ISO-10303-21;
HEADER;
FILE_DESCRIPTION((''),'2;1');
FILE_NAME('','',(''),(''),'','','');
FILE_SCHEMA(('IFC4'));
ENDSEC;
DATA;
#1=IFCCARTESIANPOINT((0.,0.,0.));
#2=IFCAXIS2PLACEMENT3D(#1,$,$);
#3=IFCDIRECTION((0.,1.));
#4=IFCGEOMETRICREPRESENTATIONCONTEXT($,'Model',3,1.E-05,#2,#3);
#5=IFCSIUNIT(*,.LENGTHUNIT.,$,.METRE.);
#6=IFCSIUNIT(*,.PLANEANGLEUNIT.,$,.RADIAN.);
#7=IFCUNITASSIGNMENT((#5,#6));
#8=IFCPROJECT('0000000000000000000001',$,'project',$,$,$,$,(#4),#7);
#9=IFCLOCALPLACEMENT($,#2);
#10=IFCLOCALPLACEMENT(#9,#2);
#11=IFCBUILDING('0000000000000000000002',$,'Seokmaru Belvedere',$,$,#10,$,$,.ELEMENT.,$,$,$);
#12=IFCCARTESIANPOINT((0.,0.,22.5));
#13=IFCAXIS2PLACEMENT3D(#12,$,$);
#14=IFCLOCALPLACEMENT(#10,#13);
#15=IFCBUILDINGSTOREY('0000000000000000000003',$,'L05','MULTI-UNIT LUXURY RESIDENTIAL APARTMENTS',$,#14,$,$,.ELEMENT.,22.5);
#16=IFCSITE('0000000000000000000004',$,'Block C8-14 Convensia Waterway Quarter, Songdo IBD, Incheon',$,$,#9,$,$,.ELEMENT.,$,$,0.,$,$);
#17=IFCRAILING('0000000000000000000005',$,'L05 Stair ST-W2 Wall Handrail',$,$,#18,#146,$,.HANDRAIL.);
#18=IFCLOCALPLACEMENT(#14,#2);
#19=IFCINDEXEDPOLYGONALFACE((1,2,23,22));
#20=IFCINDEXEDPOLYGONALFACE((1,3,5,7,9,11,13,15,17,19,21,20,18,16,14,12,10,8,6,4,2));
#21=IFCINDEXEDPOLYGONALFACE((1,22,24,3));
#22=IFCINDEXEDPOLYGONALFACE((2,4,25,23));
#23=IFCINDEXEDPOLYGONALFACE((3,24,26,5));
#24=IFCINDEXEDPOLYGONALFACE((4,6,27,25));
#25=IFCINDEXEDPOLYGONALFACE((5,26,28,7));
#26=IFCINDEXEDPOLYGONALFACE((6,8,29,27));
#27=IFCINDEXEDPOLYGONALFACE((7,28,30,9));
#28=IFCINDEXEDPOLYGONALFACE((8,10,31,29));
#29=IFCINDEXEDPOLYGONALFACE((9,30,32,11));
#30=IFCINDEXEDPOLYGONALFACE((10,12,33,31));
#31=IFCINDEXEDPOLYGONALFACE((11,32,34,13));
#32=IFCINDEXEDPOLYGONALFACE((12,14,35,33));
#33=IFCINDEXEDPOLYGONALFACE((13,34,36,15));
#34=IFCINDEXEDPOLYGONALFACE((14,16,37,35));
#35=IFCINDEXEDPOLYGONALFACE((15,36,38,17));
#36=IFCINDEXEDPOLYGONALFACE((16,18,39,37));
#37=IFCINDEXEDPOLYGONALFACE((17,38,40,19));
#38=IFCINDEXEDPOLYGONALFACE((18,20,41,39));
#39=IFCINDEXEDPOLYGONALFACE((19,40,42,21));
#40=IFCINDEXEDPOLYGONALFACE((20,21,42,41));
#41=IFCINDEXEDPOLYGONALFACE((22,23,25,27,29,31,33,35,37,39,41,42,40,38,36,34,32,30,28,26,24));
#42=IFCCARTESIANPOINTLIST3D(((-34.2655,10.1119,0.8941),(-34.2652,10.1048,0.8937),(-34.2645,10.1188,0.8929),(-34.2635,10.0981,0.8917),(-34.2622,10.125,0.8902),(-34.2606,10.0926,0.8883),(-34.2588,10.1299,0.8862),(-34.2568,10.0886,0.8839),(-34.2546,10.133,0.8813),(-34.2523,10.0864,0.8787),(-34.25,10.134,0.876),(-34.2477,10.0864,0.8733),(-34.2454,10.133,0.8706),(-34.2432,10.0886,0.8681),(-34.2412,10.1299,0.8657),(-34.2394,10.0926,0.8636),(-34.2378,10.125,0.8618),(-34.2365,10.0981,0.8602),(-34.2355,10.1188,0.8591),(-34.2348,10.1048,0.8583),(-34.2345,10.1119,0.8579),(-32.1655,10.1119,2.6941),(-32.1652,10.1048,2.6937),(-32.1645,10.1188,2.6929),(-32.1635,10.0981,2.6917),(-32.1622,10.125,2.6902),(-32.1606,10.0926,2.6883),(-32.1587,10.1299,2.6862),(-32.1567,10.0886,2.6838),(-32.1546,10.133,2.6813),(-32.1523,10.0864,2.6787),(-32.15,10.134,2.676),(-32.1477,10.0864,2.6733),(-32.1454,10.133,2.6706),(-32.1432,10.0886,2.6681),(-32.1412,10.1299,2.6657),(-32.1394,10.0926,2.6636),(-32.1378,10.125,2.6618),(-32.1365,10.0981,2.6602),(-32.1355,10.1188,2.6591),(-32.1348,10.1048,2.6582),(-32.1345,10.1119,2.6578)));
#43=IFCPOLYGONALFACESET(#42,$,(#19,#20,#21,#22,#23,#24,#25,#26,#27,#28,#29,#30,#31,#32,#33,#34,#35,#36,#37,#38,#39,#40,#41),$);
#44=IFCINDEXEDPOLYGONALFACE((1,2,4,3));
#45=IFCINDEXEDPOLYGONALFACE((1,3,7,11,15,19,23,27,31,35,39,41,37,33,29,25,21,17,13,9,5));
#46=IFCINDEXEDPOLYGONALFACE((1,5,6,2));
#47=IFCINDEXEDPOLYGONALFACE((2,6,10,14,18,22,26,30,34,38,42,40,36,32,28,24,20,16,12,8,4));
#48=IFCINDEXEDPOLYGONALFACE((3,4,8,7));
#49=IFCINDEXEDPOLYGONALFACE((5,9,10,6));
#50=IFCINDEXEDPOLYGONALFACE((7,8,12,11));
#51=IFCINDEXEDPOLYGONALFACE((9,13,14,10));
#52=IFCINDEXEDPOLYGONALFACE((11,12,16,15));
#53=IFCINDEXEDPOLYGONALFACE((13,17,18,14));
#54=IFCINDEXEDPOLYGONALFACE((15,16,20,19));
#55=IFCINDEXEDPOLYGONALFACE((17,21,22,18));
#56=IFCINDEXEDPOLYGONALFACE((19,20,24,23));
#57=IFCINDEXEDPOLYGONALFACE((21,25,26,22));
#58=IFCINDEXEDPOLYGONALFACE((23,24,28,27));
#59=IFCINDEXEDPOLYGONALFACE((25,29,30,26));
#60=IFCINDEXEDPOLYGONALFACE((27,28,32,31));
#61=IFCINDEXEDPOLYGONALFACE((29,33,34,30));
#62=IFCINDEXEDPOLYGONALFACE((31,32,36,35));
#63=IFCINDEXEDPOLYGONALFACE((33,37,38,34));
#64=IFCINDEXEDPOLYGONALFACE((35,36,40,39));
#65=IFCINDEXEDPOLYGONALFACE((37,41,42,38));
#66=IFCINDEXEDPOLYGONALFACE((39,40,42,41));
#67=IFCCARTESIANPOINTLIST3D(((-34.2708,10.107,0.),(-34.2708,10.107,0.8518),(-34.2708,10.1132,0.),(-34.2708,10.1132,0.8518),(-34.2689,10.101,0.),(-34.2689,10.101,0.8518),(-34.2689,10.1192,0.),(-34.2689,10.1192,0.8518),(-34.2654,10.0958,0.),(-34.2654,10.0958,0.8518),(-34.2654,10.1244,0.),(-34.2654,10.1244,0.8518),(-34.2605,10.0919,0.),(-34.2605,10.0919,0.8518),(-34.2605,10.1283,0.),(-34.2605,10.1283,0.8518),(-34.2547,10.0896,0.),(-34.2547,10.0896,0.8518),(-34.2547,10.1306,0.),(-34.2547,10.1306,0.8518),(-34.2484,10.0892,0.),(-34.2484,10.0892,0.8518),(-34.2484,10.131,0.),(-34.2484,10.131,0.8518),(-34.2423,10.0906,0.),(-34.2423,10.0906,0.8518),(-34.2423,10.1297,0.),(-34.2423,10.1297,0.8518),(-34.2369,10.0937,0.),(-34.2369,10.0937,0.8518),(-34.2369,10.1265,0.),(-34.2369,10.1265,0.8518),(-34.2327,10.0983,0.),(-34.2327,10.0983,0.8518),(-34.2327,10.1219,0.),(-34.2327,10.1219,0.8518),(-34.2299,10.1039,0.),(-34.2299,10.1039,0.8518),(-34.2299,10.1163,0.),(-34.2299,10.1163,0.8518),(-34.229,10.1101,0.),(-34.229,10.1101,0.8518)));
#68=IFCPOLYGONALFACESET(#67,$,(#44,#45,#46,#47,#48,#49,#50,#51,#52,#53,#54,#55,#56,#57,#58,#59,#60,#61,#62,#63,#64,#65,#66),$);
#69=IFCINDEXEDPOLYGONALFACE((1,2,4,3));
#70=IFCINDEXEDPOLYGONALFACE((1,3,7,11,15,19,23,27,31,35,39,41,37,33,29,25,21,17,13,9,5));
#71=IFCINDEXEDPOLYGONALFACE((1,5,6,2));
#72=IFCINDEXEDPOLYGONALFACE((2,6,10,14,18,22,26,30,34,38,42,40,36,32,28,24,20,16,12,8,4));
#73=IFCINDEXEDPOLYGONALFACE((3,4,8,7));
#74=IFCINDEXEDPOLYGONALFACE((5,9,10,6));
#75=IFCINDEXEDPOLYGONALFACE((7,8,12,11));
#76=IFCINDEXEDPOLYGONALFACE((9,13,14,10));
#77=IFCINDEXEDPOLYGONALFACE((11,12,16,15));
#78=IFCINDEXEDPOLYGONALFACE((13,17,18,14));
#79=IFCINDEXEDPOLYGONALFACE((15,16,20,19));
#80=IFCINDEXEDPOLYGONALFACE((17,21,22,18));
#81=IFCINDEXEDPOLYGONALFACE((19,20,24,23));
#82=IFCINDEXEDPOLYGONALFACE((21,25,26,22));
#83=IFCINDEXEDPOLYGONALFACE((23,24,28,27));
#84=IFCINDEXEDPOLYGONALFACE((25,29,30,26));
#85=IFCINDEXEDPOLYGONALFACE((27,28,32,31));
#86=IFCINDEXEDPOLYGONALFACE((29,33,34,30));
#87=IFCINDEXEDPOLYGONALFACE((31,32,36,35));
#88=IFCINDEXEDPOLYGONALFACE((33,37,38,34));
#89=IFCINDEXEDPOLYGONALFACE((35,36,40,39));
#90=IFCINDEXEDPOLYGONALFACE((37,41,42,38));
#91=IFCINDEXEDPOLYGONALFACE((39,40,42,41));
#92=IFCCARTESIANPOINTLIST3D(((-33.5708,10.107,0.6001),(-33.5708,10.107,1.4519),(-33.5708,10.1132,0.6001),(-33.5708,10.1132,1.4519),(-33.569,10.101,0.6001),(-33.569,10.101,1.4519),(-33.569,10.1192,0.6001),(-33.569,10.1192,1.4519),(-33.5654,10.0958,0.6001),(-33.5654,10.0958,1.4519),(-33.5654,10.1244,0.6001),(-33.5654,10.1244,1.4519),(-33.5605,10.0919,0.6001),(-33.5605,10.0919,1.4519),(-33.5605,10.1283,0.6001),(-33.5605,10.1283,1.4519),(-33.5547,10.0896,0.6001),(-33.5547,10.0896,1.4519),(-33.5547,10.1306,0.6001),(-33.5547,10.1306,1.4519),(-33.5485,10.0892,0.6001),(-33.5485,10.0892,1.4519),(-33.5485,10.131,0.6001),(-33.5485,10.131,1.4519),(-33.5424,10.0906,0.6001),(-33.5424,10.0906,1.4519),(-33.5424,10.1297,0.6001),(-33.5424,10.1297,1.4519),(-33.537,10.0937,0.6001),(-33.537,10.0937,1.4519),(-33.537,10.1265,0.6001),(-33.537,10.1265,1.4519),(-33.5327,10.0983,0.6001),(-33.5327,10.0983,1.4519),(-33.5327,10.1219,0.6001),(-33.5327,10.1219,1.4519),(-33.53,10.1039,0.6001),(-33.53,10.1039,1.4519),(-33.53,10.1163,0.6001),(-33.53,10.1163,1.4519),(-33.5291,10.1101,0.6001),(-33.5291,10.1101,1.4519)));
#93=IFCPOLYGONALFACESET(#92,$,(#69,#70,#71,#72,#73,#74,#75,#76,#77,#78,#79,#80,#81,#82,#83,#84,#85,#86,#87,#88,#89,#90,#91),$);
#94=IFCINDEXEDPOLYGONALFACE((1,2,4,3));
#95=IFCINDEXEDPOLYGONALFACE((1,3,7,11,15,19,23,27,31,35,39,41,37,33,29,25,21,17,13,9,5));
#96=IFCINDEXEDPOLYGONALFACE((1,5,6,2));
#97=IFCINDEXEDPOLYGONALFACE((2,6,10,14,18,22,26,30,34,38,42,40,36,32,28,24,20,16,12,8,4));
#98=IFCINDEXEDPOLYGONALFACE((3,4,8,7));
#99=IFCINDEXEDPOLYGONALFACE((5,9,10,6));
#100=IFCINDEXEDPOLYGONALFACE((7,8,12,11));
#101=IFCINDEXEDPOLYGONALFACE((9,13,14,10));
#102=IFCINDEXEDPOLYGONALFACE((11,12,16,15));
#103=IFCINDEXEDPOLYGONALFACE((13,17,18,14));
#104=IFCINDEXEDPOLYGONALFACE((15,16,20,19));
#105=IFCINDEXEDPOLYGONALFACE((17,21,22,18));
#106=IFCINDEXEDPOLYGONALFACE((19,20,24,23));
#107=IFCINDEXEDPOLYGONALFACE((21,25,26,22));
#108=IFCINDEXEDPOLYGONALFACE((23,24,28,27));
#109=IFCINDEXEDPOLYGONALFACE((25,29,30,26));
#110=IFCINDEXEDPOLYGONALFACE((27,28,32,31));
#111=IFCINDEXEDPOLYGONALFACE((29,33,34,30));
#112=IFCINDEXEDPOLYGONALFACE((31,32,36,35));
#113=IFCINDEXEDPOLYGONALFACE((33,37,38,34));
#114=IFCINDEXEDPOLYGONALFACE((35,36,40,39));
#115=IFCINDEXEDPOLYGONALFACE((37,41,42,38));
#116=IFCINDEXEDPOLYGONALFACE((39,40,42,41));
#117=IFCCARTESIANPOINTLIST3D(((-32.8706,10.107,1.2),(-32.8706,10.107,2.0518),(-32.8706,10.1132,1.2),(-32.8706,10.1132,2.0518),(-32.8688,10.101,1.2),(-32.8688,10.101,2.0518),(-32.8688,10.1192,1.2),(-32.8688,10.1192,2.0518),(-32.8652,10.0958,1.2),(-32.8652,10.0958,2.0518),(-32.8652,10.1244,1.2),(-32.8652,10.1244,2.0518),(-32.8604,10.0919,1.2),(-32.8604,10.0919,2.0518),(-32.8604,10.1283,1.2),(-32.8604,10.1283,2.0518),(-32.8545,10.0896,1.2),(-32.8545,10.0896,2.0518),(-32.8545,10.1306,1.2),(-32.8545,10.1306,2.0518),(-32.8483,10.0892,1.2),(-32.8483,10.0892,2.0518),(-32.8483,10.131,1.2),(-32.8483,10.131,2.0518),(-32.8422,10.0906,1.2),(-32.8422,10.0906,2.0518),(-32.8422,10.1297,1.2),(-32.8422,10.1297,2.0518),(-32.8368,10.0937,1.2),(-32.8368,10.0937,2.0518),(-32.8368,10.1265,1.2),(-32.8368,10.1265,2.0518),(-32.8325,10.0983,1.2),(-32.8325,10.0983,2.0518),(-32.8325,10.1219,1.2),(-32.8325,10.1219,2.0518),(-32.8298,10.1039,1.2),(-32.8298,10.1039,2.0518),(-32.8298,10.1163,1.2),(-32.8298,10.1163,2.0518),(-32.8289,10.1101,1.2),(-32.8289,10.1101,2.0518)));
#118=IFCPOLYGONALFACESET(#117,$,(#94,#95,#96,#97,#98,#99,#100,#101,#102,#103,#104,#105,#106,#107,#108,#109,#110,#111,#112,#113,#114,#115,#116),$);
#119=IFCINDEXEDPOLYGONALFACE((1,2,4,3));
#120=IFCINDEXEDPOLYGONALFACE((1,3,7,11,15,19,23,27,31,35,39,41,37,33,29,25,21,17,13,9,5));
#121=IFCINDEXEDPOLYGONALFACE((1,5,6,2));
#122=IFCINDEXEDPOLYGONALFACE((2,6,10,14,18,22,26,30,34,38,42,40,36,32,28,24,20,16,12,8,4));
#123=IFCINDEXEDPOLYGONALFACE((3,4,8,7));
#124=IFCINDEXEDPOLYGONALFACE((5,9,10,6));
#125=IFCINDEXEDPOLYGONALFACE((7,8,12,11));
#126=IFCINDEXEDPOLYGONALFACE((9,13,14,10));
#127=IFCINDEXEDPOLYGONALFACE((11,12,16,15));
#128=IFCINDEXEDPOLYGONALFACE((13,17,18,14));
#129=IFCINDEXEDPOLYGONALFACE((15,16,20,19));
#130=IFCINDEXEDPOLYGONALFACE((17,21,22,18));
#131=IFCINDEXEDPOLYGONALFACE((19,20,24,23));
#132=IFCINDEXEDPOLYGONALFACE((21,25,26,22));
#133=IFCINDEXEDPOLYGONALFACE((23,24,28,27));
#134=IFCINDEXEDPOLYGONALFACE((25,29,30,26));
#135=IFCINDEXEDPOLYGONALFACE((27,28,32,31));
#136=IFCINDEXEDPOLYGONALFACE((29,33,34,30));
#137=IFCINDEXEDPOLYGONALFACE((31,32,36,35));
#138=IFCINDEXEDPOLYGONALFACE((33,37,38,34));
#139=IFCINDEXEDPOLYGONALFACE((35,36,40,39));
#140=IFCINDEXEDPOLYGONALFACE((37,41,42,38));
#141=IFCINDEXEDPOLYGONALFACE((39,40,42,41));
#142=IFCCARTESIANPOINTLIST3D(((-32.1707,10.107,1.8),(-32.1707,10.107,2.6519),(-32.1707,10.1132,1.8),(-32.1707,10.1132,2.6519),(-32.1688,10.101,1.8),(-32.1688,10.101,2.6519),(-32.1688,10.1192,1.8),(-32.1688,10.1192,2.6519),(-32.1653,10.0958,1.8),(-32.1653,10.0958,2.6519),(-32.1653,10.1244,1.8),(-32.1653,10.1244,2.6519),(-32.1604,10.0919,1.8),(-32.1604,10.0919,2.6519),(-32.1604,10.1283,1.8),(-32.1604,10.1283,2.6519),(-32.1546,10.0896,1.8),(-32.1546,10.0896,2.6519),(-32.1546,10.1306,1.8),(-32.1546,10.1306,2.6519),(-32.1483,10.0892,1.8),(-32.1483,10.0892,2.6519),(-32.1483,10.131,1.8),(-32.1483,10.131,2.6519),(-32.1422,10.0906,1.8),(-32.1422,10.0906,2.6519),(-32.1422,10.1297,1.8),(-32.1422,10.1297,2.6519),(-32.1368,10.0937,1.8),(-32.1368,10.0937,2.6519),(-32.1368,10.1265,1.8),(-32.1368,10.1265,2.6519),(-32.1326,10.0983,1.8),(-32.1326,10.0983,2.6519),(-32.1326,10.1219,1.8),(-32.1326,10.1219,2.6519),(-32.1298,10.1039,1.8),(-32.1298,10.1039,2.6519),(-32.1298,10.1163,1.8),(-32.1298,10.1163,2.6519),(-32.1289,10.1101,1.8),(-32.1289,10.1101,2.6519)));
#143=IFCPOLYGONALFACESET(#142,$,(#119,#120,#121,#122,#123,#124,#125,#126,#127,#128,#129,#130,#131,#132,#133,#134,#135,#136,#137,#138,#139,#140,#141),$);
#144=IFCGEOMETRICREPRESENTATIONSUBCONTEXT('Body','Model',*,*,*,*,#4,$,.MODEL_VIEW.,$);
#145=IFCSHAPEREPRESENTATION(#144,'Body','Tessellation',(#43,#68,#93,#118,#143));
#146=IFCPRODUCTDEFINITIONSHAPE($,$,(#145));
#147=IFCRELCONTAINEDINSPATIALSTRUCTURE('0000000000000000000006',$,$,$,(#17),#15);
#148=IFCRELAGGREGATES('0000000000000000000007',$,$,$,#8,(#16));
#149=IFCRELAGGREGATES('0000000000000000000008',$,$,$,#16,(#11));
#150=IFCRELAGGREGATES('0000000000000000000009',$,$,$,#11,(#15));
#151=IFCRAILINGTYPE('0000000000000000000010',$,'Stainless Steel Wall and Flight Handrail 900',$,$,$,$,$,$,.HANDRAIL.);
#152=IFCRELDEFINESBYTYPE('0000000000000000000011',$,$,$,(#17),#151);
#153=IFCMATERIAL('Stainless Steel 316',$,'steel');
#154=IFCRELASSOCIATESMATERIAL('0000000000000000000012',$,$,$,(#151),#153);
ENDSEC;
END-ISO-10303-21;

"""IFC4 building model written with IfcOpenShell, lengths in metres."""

from ifc_helpers import new_model, si_unit, direction, frame, origin, origin_2d, place, context, subcontext, project, spatial, circle, extrude, material, type_object, element, save


model = new_model("IFC4")

# Units and contexts
model_context = context("Model", 3, precision=1e-05, world=origin(), true_north=direction((0.0, 1.0)))
body_context = subcontext(model_context, "Body", "Model", "MODEL_VIEW")
ifc_project = project(units=[si_unit("LENGTHUNIT", "METRE"), si_unit("PLANEANGLEUNIT", "RADIAN")], contexts=[model_context])

# Site, building, storey
site_placement = place(None, origin())
site = spatial("IfcSite", under=ifc_project, at=site_placement, Name="Block C8-14 Convensia Waterway Quarter, Songdo IBD, Incheon", CompositionType="ELEMENT", RefElevation=0.0)
building_placement = place(site_placement, origin())
building = spatial("IfcBuilding", under=site, at=building_placement, Name="Seokmaru Belvedere", CompositionType="ELEMENT")
storey_placement = place(building_placement, frame((0.0, 0.0, 22.5)))
storey = spatial("IfcBuildingStorey", under=building, at=storey_placement, Name="L05", Description="MULTI-UNIT LUXURY RESIDENTIAL APARTMENTS", CompositionType="ELEMENT", Elevation=22.5)

# Railing
ifc_material_1 = material(Name="Stainless Steel 316", Category="steel")
railing_type_1 = type_object("IfcRailingType", Name="Stainless Steel Wall and Flight Handrail 900", PredefinedType="HANDRAIL", material=ifc_material_1)
railing_1_placement = place(storey_placement, frame((-34.25, 10.1101, 0.0)))
element("IfcRailing", 1, at=railing_1_placement, inside=storey, type_object=railing_type_1, Name="L05 Stair ST-W2 Wall Handrail", PredefinedType="HANDRAIL", context=body_context, shape_type="SweptSolid", body=[
    extrude(circle(Radius=0.0239, at=origin_2d()), frame((0.0, 0.0, 0.876), z_axis=(0.759263, 0.0, 0.650784), x_axis=(0.0, 1.0, 0.0)), (0.0, 0.0, 1.0), 2.7659),
    extrude(circle(Radius=0.021, at=origin_2d()), origin(), (0.0, 0.0, 1.0), 0.8518),
    extrude(circle(Radius=0.021, at=origin_2d()), frame((0.7, 0.0, 0.6001)), (0.0, 0.0, 1.0), 0.8518),
    extrude(circle(Radius=0.021, at=origin_2d()), frame((1.4001, 0.0, 1.2)), (0.0, 0.0, 1.0), 0.8518),
    extrude(circle(Radius=0.021, at=origin_2d()), frame((2.1001, 0.0, 1.8)), (0.0, 0.0, 1.0), 0.8518),
])

save(model, "model.ifc")
